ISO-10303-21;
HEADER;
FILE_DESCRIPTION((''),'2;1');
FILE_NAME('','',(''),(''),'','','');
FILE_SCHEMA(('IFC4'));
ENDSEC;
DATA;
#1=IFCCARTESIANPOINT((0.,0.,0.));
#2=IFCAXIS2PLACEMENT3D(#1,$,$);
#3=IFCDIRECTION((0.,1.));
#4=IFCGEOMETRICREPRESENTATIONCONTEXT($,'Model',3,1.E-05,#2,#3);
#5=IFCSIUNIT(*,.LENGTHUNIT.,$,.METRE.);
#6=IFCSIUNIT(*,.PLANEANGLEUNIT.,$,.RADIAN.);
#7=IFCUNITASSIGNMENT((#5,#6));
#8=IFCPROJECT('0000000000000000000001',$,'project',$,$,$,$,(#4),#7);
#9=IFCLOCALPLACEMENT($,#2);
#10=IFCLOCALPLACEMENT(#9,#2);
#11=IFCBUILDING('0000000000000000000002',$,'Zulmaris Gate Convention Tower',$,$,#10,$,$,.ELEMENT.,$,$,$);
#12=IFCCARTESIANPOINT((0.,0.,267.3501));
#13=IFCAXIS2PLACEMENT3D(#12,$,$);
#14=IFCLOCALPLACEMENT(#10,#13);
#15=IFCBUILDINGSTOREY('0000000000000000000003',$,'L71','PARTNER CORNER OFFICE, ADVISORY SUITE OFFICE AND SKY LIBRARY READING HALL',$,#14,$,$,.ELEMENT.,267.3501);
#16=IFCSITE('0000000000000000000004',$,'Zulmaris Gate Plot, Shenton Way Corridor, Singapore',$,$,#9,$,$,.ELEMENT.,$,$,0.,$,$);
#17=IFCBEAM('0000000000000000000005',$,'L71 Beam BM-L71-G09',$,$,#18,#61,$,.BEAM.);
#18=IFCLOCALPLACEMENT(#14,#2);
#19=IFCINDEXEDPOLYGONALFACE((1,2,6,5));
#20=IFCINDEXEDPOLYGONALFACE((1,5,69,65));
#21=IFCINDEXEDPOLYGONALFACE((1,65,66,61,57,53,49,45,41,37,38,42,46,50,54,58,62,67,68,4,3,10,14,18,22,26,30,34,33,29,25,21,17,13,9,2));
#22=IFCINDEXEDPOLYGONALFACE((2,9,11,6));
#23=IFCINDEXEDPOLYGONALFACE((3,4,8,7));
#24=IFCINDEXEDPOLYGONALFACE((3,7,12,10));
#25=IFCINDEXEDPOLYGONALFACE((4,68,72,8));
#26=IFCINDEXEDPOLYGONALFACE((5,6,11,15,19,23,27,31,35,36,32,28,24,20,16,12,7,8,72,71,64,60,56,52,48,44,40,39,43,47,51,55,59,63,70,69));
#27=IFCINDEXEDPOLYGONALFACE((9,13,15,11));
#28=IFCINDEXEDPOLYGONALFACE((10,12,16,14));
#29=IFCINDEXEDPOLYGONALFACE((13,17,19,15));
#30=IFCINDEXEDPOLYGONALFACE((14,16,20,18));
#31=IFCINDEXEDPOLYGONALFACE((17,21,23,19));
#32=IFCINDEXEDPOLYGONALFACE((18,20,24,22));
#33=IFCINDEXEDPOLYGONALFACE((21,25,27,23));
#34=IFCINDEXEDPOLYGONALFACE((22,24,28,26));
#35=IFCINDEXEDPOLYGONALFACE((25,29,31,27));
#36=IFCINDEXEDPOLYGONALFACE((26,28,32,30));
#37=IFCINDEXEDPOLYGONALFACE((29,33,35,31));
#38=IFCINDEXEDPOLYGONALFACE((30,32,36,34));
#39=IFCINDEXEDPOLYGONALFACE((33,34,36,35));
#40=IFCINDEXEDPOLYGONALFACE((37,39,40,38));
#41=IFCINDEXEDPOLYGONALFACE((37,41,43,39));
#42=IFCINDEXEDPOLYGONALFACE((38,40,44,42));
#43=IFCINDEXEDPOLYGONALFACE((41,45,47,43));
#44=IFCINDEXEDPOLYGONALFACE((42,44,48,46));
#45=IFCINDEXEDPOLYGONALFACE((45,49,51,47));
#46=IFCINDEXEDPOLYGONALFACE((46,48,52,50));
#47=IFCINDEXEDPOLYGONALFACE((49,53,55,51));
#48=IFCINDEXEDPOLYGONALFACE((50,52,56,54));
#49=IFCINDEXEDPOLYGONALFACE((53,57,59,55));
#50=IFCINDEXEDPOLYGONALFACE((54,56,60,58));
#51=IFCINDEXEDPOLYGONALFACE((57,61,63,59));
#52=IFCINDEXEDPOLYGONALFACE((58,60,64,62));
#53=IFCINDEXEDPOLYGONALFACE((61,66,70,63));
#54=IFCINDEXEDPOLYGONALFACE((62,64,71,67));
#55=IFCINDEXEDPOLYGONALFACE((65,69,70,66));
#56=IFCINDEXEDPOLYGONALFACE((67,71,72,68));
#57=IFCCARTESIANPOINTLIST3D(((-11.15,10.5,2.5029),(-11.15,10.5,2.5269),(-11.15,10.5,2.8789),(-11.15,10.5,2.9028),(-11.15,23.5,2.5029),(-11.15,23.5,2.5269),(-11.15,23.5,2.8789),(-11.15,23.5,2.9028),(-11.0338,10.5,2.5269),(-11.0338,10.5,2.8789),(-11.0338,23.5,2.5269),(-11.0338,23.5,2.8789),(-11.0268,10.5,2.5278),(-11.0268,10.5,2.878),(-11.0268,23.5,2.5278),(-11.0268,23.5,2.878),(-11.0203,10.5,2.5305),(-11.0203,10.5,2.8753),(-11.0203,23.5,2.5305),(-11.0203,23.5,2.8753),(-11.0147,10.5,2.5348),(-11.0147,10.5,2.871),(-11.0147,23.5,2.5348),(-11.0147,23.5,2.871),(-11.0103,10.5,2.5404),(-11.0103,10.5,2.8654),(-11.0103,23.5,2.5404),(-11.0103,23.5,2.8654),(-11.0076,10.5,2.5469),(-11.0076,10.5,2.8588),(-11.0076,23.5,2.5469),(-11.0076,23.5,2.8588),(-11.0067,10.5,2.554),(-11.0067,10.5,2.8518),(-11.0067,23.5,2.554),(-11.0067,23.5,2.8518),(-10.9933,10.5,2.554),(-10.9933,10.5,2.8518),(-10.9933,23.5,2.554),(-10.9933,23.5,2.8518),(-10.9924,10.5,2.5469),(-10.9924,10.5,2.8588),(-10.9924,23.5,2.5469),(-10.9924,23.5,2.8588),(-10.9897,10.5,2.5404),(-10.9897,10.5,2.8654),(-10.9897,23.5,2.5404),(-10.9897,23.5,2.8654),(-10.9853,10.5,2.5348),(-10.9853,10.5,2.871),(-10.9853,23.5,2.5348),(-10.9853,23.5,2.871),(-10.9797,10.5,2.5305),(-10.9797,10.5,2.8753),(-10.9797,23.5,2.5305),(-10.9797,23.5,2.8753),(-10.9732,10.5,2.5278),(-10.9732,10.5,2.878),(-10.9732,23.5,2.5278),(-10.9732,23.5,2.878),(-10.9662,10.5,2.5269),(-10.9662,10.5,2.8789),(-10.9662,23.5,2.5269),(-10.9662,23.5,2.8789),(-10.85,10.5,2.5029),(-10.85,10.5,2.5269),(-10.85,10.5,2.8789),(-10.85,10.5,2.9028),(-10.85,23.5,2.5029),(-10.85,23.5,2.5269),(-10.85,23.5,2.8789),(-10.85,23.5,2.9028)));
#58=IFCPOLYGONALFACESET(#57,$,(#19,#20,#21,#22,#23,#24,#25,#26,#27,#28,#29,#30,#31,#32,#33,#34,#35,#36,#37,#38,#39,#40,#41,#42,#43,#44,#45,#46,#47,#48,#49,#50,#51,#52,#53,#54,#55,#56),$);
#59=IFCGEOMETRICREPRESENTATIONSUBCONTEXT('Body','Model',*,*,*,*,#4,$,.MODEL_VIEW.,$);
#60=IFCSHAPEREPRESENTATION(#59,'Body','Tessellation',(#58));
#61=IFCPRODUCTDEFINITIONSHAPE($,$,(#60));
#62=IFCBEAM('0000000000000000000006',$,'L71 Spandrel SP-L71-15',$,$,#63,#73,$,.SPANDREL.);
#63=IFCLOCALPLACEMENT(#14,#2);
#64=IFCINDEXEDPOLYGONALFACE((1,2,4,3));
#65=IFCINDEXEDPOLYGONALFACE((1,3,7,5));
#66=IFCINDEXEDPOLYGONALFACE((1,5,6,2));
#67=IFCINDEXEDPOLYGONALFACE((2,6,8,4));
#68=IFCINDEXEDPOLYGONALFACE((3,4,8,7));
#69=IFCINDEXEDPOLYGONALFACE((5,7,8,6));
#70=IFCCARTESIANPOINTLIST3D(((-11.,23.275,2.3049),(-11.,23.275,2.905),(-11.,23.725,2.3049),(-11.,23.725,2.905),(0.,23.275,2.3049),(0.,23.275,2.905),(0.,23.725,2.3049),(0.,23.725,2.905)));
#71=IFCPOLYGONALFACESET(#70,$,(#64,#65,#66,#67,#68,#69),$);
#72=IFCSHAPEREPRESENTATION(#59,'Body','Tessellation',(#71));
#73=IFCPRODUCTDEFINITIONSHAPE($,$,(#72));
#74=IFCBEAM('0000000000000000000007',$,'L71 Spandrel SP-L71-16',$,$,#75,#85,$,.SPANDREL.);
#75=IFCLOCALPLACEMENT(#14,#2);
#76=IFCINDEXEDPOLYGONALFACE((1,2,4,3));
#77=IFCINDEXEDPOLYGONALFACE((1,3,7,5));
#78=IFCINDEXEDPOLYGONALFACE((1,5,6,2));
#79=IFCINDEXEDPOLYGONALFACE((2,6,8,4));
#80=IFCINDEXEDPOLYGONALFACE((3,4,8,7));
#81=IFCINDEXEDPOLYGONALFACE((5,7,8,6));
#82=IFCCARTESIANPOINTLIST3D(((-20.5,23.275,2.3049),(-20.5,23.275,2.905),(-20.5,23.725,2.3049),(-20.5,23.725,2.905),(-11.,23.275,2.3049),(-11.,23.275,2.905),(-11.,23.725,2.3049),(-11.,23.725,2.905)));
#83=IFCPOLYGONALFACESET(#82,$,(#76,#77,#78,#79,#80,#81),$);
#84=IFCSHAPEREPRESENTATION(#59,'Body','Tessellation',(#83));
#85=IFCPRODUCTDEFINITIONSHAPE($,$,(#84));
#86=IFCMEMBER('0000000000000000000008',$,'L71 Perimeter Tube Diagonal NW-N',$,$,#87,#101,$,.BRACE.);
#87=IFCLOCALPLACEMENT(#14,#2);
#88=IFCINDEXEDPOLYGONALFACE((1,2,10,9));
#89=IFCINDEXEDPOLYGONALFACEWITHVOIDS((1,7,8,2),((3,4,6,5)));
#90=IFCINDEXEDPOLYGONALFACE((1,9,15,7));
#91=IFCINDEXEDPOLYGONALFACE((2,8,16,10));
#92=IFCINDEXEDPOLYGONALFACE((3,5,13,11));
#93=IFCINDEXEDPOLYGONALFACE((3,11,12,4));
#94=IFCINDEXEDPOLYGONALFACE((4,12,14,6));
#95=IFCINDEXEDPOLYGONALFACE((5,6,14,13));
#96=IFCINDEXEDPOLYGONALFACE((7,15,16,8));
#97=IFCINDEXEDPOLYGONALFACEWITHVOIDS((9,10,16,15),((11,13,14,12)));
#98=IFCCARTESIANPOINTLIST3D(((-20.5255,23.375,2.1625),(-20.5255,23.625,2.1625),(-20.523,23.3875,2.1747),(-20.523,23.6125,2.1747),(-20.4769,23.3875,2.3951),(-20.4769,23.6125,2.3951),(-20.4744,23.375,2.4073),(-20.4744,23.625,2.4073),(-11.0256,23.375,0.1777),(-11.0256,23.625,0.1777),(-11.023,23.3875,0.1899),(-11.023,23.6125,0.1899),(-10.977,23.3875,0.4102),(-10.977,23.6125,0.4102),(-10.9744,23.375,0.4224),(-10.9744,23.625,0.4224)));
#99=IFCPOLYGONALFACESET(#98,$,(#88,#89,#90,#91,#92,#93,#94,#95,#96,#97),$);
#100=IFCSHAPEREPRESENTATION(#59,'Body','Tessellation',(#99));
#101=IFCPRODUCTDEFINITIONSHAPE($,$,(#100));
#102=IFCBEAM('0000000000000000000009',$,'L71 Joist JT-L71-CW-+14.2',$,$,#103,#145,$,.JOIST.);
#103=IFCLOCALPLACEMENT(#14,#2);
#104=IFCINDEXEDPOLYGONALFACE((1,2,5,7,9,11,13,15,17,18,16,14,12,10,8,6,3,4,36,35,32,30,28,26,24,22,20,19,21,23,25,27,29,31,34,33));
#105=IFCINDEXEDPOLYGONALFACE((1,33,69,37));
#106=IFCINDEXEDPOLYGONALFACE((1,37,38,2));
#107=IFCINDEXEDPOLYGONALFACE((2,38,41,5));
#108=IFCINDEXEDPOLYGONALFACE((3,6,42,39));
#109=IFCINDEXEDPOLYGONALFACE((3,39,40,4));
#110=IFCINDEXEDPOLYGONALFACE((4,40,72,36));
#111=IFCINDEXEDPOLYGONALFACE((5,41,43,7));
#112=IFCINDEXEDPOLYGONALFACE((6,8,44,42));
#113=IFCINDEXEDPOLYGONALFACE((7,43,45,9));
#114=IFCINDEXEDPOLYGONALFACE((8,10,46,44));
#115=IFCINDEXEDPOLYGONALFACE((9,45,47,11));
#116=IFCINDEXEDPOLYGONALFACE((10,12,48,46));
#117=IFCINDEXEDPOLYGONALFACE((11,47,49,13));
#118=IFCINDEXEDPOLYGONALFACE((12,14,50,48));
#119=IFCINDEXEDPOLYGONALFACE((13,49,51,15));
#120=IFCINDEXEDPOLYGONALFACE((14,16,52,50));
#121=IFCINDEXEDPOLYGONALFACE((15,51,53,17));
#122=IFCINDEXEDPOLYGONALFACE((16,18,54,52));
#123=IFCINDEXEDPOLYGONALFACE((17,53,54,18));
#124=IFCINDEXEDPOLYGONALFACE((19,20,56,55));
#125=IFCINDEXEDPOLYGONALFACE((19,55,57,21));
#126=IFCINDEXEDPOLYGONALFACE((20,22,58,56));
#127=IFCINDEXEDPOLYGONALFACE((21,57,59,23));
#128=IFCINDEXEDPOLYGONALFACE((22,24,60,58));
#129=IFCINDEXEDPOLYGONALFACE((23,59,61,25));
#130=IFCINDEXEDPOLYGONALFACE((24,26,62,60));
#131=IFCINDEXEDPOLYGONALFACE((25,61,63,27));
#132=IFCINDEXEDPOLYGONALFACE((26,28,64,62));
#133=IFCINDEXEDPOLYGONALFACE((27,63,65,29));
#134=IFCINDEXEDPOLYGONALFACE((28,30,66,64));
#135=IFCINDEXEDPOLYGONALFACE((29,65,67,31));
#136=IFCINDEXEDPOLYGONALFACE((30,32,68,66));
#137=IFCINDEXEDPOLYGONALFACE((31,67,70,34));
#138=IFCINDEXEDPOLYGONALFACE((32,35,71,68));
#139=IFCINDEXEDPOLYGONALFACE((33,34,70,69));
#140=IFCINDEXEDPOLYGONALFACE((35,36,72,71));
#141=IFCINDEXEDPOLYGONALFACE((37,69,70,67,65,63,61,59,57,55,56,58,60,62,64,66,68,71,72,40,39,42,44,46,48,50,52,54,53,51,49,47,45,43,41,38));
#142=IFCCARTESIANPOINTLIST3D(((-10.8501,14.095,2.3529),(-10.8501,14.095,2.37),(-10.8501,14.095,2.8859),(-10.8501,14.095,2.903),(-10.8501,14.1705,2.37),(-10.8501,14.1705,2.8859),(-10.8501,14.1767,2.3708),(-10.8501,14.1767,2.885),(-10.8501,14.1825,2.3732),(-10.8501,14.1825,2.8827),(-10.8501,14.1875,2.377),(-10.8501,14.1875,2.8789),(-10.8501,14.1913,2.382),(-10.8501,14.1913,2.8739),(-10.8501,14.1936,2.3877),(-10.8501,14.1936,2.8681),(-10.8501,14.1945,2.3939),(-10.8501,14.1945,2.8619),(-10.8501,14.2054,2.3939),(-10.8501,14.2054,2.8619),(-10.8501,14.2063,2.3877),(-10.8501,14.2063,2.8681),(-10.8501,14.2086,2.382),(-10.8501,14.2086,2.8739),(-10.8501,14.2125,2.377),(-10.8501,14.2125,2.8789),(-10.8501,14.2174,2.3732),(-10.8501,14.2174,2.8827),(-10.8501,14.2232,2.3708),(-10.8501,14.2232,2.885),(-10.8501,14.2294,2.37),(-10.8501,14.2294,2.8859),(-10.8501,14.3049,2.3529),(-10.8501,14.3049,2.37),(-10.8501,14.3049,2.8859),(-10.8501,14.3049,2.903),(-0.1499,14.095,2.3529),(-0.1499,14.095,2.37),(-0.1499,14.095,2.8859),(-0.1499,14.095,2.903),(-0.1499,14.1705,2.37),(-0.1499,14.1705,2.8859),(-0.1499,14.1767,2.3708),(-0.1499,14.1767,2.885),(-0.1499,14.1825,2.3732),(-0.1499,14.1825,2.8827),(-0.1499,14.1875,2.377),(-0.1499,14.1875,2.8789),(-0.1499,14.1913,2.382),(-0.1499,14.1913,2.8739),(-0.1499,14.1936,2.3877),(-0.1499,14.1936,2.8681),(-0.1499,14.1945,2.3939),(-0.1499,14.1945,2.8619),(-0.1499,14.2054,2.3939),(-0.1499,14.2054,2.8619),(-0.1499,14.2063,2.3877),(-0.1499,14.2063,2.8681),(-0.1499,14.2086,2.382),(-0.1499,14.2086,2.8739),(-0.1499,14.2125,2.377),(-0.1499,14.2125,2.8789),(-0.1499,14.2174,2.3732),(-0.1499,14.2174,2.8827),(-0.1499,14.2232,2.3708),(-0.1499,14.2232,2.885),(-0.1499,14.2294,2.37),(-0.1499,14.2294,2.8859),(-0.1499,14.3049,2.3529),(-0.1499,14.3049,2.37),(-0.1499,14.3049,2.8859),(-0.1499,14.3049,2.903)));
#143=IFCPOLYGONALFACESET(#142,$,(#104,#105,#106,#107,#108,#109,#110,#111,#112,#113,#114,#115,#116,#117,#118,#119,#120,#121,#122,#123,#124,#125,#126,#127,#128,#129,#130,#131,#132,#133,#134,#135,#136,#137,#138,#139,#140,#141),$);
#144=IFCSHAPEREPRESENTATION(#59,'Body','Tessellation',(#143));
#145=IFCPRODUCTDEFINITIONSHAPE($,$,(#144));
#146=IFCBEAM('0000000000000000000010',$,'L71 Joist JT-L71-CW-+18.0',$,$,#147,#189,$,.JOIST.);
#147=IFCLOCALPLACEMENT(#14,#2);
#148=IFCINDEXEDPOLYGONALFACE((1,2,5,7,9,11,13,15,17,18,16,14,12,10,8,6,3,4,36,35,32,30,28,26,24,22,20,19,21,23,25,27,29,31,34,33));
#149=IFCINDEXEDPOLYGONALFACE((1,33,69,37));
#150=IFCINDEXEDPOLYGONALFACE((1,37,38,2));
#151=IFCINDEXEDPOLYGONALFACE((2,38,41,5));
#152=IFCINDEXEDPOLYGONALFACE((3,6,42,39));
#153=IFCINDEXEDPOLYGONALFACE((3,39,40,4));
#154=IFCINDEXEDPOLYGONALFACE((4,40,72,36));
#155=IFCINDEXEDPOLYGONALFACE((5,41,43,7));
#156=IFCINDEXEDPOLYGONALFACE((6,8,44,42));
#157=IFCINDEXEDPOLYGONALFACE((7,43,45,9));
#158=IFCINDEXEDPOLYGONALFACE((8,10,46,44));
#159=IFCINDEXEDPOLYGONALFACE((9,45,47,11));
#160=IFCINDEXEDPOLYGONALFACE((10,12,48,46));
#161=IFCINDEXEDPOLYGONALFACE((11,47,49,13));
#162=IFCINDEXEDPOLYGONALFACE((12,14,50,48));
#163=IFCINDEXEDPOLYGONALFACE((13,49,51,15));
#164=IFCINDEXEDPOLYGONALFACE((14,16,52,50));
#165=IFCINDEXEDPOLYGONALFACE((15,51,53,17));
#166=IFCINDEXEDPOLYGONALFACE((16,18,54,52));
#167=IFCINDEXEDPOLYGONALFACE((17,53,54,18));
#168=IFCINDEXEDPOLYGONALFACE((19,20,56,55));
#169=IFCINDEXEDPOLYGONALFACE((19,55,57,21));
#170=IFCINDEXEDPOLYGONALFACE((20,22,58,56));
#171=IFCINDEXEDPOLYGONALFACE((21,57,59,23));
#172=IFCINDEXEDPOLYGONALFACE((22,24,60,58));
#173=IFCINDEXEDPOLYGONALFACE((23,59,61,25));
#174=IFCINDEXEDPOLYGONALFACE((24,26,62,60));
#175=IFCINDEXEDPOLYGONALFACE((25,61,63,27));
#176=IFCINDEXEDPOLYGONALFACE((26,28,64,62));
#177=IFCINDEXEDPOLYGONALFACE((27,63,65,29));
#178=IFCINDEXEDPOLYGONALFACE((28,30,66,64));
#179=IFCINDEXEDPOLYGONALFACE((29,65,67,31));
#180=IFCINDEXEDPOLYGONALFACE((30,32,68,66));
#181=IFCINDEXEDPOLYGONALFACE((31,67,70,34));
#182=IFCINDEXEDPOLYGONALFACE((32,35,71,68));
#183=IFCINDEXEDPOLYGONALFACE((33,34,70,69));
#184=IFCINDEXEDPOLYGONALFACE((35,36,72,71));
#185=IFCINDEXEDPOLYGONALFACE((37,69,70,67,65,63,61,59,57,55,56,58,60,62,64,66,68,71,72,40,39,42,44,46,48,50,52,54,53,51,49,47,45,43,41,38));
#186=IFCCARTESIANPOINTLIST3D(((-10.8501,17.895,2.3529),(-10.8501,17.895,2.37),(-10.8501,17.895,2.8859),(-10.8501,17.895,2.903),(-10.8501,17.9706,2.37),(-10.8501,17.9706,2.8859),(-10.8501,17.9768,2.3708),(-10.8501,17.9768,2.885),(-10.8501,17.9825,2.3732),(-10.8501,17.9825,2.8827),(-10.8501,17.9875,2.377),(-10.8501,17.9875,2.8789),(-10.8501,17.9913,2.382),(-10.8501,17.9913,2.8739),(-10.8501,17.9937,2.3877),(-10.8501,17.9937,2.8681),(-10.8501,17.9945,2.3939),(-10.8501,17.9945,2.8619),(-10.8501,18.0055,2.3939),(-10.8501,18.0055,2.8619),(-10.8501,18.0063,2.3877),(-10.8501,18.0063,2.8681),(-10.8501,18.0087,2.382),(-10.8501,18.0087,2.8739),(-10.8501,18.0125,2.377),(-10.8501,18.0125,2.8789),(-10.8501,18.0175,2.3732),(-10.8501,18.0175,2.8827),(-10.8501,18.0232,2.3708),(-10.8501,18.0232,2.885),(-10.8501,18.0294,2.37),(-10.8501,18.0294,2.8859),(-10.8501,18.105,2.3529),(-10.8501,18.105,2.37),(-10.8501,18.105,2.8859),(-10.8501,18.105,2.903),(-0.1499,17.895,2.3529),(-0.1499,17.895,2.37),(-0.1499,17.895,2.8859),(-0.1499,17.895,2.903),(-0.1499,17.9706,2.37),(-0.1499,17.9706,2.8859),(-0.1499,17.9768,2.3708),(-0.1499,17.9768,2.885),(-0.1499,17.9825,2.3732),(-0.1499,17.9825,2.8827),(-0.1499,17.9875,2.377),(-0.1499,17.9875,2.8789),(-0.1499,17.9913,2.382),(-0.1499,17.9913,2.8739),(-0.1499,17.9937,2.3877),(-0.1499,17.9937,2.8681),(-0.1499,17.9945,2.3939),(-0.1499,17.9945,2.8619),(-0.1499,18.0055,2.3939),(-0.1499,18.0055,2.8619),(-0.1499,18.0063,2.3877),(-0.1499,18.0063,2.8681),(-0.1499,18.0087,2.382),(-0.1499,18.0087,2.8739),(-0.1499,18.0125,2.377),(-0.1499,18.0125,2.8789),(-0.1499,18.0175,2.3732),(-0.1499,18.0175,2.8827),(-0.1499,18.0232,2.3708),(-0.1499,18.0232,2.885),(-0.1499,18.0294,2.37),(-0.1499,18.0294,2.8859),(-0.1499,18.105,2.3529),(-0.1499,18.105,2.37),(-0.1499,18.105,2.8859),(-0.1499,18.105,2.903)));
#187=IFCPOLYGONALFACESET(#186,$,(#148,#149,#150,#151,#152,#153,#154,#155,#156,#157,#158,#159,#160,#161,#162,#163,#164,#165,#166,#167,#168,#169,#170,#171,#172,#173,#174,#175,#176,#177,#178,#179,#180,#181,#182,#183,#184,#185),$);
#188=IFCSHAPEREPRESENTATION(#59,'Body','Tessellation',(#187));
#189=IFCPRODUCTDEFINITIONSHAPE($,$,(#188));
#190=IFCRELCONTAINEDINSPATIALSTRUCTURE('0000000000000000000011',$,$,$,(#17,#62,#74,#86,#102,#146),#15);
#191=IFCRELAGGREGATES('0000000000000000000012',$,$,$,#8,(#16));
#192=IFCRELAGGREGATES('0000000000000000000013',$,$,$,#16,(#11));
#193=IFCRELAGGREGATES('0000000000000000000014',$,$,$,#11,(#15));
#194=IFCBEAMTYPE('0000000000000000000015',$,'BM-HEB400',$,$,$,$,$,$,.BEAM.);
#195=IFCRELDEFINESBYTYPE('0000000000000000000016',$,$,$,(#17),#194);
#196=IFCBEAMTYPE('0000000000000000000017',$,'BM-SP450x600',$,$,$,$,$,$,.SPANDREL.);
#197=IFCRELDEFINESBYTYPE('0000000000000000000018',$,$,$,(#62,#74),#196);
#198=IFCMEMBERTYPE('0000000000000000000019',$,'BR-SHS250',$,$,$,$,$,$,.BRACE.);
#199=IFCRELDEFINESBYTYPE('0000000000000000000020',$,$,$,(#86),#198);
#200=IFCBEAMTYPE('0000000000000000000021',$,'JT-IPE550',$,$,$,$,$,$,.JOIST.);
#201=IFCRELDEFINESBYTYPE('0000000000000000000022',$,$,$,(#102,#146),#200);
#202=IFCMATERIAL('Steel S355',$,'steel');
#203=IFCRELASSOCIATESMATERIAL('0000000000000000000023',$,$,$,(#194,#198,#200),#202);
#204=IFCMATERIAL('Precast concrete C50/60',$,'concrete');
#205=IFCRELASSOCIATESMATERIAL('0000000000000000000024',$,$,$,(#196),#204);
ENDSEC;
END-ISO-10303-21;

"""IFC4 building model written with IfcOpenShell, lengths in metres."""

from ifc_helpers import new_model, si_unit, direction, frame, origin, origin_2d, place, context, subcontext, project, spatial, rectangle, hollow_rectangle, i_section, extrude, material, material_profile, profile_set, type_object, element, save


model = new_model("IFC4")

# Units and contexts
model_context = context("Model", 3, precision=1e-05, world=origin(), true_north=direction((0.0, 1.0)))
body_context = subcontext(model_context, "Body", "Model", "MODEL_VIEW")
ifc_project = project(units=[si_unit("LENGTHUNIT", "METRE"), si_unit("PLANEANGLEUNIT", "RADIAN")], contexts=[model_context])

# Site, building, storey
site_placement = place(None, origin())
site = spatial("IfcSite", under=ifc_project, at=site_placement, Name="Zulmaris Gate Plot, Shenton Way Corridor, Singapore", CompositionType="ELEMENT", RefElevation=0.0)
building_placement = place(site_placement, origin())
building = spatial("IfcBuilding", under=site, at=building_placement, Name="Zulmaris Gate Convention Tower", CompositionType="ELEMENT")
storey_placement = place(building_placement, frame((0.0, 0.0, 267.3501)))
storey = spatial("IfcBuildingStorey", under=building, at=storey_placement, Name="L71", Description="PARTNER CORNER OFFICE, ADVISORY SUITE OFFICE AND SKY LIBRARY READING HALL", CompositionType="ELEMENT", Elevation=267.3501)

# Beams
ifc_material_1 = material(Name="Steel S355", Category="steel")
ifc_material_profile_1 = material_profile(ifc_material_1, i_section(OverallWidth=0.3, OverallDepth=0.3999, WebThickness=0.0134, FlangeThickness=0.0239, FilletRadius=0.0271, at=origin_2d()), Name="HEB 400")
ifc_profile_set_1 = profile_set([ifc_material_profile_1], Name="Steel S355")
beam_type_1 = type_object("IfcBeamType", Name="BM-HEB400", PredefinedType="BEAM", material=ifc_profile_set_1)
beam_1_placement = place(storey_placement, frame((-11.0, 10.5, 2.7029), z_axis=(0.0, 1.0, 0.0), x_axis=(-1.0, 0.0, 0.0)))
element("IfcBeam", 1, at=beam_1_placement, inside=storey, type_object=beam_type_1, Name="L71 Beam BM-L71-G09", PredefinedType="BEAM", context=body_context, shape_type="SweptSolid", body=[
    extrude(i_section(OverallWidth=0.3, OverallDepth=0.3999, WebThickness=0.0134, FlangeThickness=0.0239, FilletRadius=0.0271, at=origin_2d()), origin(), (0.0, 0.0, 1.0), 13.0),
])
ifc_material_2 = material(Name="Precast concrete C50/60", Category="concrete")
ifc_material_profile_2 = material_profile(ifc_material_2, rectangle(XDim=0.45, YDim=0.6001, at=origin_2d()), Name="RC SPANDREL 450x600")
ifc_profile_set_2 = profile_set([ifc_material_profile_2], Name="Precast concrete C50/60")
beam_type_2 = type_object("IfcBeamType", Name="BM-SP450x600", PredefinedType="SPANDREL", material=ifc_profile_set_2)
beam_2_placement = place(storey_placement, frame((0.0, 23.5, 2.605), z_axis=(-1.0, 0.0, 0.0), x_axis=(0.0, -1.0, 0.0)))
element("IfcBeam", 2, at=beam_2_placement, inside=storey, type_object=beam_type_2, Name="L71 Spandrel SP-L71-15", PredefinedType="SPANDREL", context=body_context, shape_type="SweptSolid", body=[
    extrude(rectangle(XDim=0.45, YDim=0.6001, at=origin_2d()), origin(), (0.0, 0.0, 1.0), 11.0),
])
beam_3_placement = place(storey_placement, frame((-11.0, 23.5, 2.605), z_axis=(-1.0, 0.0, 0.0), x_axis=(0.0, -1.0, 0.0)))
element("IfcBeam", 3, at=beam_3_placement, inside=storey, type_object=beam_type_2, Name="L71 Spandrel SP-L71-16", PredefinedType="SPANDREL", context=body_context, shape_type="SweptSolid", body=[
    extrude(rectangle(XDim=0.45, YDim=0.6001, at=origin_2d()), origin(), (0.0, 0.0, 1.0), 9.5),
])

# Member
ifc_material_profile_3 = material_profile(ifc_material_1, hollow_rectangle(XDim=0.25, YDim=0.25, WallThickness=0.0125, at=origin_2d()), Name="SHS 250x250x12.5")
ifc_profile_set_3 = profile_set([ifc_material_profile_3], Name="Steel S355")
member_type = type_object("IfcMemberType", Name="BR-SHS250", PredefinedType="BRACE", material=ifc_profile_set_3)
member_placement = place(storey_placement, frame((-11.0, 23.5, 0.3), z_axis=(-0.978863, 0.0, 0.204517), x_axis=(0.0, -1.0, 0.0)))
element("IfcMember", 4, at=member_placement, inside=storey, type_object=member_type, Name="L71 Perimeter Tube Diagonal NW-N", PredefinedType="BRACE", context=body_context, shape_type="SweptSolid", body=[
    extrude(hollow_rectangle(XDim=0.25, YDim=0.25, WallThickness=0.0125, at=origin_2d()), origin(), (0.0, 0.0, 1.0), 9.7051),
])

# Beams
ifc_material_profile_4 = material_profile(ifc_material_1, i_section(OverallWidth=0.21, OverallDepth=0.55, WebThickness=0.011, FlangeThickness=0.0171, FilletRadius=0.0239, at=origin_2d()), Name="IPE 550")
ifc_profile_set_4 = profile_set([ifc_material_profile_4], Name="Steel S355")
beam_type_3 = type_object("IfcBeamType", Name="JT-IPE550", PredefinedType="JOIST", material=ifc_profile_set_4)
for number, where, z_axis, x_axis, name in (
    (5, (-10.8501, 14.2, 2.6279), (1.0, 0.0, 0.0), (0.0, 1.0, 0.0), "L71 Joist JT-L71-CW-+14.2"),
    (6, (-10.8501, 18.0, 2.6279), (1.0, 0.0, 0.0), (0.0, 1.0, 0.0), "L71 Joist JT-L71-CW-+18.0"),
):
    element("IfcBeam", number, at=place(storey_placement, frame(where, z_axis=z_axis, x_axis=x_axis)), inside=storey, type_object=beam_type_3, Name=name, PredefinedType="JOIST", context=body_context, shape_type="SweptSolid", body=[
        extrude(i_section(OverallWidth=0.21, OverallDepth=0.55, WebThickness=0.011, FlangeThickness=0.0171, FilletRadius=0.0239, at=origin_2d()), origin(), (0.0, 0.0, 1.0), 10.7002),
    ])

save(model, "model.ifc")
